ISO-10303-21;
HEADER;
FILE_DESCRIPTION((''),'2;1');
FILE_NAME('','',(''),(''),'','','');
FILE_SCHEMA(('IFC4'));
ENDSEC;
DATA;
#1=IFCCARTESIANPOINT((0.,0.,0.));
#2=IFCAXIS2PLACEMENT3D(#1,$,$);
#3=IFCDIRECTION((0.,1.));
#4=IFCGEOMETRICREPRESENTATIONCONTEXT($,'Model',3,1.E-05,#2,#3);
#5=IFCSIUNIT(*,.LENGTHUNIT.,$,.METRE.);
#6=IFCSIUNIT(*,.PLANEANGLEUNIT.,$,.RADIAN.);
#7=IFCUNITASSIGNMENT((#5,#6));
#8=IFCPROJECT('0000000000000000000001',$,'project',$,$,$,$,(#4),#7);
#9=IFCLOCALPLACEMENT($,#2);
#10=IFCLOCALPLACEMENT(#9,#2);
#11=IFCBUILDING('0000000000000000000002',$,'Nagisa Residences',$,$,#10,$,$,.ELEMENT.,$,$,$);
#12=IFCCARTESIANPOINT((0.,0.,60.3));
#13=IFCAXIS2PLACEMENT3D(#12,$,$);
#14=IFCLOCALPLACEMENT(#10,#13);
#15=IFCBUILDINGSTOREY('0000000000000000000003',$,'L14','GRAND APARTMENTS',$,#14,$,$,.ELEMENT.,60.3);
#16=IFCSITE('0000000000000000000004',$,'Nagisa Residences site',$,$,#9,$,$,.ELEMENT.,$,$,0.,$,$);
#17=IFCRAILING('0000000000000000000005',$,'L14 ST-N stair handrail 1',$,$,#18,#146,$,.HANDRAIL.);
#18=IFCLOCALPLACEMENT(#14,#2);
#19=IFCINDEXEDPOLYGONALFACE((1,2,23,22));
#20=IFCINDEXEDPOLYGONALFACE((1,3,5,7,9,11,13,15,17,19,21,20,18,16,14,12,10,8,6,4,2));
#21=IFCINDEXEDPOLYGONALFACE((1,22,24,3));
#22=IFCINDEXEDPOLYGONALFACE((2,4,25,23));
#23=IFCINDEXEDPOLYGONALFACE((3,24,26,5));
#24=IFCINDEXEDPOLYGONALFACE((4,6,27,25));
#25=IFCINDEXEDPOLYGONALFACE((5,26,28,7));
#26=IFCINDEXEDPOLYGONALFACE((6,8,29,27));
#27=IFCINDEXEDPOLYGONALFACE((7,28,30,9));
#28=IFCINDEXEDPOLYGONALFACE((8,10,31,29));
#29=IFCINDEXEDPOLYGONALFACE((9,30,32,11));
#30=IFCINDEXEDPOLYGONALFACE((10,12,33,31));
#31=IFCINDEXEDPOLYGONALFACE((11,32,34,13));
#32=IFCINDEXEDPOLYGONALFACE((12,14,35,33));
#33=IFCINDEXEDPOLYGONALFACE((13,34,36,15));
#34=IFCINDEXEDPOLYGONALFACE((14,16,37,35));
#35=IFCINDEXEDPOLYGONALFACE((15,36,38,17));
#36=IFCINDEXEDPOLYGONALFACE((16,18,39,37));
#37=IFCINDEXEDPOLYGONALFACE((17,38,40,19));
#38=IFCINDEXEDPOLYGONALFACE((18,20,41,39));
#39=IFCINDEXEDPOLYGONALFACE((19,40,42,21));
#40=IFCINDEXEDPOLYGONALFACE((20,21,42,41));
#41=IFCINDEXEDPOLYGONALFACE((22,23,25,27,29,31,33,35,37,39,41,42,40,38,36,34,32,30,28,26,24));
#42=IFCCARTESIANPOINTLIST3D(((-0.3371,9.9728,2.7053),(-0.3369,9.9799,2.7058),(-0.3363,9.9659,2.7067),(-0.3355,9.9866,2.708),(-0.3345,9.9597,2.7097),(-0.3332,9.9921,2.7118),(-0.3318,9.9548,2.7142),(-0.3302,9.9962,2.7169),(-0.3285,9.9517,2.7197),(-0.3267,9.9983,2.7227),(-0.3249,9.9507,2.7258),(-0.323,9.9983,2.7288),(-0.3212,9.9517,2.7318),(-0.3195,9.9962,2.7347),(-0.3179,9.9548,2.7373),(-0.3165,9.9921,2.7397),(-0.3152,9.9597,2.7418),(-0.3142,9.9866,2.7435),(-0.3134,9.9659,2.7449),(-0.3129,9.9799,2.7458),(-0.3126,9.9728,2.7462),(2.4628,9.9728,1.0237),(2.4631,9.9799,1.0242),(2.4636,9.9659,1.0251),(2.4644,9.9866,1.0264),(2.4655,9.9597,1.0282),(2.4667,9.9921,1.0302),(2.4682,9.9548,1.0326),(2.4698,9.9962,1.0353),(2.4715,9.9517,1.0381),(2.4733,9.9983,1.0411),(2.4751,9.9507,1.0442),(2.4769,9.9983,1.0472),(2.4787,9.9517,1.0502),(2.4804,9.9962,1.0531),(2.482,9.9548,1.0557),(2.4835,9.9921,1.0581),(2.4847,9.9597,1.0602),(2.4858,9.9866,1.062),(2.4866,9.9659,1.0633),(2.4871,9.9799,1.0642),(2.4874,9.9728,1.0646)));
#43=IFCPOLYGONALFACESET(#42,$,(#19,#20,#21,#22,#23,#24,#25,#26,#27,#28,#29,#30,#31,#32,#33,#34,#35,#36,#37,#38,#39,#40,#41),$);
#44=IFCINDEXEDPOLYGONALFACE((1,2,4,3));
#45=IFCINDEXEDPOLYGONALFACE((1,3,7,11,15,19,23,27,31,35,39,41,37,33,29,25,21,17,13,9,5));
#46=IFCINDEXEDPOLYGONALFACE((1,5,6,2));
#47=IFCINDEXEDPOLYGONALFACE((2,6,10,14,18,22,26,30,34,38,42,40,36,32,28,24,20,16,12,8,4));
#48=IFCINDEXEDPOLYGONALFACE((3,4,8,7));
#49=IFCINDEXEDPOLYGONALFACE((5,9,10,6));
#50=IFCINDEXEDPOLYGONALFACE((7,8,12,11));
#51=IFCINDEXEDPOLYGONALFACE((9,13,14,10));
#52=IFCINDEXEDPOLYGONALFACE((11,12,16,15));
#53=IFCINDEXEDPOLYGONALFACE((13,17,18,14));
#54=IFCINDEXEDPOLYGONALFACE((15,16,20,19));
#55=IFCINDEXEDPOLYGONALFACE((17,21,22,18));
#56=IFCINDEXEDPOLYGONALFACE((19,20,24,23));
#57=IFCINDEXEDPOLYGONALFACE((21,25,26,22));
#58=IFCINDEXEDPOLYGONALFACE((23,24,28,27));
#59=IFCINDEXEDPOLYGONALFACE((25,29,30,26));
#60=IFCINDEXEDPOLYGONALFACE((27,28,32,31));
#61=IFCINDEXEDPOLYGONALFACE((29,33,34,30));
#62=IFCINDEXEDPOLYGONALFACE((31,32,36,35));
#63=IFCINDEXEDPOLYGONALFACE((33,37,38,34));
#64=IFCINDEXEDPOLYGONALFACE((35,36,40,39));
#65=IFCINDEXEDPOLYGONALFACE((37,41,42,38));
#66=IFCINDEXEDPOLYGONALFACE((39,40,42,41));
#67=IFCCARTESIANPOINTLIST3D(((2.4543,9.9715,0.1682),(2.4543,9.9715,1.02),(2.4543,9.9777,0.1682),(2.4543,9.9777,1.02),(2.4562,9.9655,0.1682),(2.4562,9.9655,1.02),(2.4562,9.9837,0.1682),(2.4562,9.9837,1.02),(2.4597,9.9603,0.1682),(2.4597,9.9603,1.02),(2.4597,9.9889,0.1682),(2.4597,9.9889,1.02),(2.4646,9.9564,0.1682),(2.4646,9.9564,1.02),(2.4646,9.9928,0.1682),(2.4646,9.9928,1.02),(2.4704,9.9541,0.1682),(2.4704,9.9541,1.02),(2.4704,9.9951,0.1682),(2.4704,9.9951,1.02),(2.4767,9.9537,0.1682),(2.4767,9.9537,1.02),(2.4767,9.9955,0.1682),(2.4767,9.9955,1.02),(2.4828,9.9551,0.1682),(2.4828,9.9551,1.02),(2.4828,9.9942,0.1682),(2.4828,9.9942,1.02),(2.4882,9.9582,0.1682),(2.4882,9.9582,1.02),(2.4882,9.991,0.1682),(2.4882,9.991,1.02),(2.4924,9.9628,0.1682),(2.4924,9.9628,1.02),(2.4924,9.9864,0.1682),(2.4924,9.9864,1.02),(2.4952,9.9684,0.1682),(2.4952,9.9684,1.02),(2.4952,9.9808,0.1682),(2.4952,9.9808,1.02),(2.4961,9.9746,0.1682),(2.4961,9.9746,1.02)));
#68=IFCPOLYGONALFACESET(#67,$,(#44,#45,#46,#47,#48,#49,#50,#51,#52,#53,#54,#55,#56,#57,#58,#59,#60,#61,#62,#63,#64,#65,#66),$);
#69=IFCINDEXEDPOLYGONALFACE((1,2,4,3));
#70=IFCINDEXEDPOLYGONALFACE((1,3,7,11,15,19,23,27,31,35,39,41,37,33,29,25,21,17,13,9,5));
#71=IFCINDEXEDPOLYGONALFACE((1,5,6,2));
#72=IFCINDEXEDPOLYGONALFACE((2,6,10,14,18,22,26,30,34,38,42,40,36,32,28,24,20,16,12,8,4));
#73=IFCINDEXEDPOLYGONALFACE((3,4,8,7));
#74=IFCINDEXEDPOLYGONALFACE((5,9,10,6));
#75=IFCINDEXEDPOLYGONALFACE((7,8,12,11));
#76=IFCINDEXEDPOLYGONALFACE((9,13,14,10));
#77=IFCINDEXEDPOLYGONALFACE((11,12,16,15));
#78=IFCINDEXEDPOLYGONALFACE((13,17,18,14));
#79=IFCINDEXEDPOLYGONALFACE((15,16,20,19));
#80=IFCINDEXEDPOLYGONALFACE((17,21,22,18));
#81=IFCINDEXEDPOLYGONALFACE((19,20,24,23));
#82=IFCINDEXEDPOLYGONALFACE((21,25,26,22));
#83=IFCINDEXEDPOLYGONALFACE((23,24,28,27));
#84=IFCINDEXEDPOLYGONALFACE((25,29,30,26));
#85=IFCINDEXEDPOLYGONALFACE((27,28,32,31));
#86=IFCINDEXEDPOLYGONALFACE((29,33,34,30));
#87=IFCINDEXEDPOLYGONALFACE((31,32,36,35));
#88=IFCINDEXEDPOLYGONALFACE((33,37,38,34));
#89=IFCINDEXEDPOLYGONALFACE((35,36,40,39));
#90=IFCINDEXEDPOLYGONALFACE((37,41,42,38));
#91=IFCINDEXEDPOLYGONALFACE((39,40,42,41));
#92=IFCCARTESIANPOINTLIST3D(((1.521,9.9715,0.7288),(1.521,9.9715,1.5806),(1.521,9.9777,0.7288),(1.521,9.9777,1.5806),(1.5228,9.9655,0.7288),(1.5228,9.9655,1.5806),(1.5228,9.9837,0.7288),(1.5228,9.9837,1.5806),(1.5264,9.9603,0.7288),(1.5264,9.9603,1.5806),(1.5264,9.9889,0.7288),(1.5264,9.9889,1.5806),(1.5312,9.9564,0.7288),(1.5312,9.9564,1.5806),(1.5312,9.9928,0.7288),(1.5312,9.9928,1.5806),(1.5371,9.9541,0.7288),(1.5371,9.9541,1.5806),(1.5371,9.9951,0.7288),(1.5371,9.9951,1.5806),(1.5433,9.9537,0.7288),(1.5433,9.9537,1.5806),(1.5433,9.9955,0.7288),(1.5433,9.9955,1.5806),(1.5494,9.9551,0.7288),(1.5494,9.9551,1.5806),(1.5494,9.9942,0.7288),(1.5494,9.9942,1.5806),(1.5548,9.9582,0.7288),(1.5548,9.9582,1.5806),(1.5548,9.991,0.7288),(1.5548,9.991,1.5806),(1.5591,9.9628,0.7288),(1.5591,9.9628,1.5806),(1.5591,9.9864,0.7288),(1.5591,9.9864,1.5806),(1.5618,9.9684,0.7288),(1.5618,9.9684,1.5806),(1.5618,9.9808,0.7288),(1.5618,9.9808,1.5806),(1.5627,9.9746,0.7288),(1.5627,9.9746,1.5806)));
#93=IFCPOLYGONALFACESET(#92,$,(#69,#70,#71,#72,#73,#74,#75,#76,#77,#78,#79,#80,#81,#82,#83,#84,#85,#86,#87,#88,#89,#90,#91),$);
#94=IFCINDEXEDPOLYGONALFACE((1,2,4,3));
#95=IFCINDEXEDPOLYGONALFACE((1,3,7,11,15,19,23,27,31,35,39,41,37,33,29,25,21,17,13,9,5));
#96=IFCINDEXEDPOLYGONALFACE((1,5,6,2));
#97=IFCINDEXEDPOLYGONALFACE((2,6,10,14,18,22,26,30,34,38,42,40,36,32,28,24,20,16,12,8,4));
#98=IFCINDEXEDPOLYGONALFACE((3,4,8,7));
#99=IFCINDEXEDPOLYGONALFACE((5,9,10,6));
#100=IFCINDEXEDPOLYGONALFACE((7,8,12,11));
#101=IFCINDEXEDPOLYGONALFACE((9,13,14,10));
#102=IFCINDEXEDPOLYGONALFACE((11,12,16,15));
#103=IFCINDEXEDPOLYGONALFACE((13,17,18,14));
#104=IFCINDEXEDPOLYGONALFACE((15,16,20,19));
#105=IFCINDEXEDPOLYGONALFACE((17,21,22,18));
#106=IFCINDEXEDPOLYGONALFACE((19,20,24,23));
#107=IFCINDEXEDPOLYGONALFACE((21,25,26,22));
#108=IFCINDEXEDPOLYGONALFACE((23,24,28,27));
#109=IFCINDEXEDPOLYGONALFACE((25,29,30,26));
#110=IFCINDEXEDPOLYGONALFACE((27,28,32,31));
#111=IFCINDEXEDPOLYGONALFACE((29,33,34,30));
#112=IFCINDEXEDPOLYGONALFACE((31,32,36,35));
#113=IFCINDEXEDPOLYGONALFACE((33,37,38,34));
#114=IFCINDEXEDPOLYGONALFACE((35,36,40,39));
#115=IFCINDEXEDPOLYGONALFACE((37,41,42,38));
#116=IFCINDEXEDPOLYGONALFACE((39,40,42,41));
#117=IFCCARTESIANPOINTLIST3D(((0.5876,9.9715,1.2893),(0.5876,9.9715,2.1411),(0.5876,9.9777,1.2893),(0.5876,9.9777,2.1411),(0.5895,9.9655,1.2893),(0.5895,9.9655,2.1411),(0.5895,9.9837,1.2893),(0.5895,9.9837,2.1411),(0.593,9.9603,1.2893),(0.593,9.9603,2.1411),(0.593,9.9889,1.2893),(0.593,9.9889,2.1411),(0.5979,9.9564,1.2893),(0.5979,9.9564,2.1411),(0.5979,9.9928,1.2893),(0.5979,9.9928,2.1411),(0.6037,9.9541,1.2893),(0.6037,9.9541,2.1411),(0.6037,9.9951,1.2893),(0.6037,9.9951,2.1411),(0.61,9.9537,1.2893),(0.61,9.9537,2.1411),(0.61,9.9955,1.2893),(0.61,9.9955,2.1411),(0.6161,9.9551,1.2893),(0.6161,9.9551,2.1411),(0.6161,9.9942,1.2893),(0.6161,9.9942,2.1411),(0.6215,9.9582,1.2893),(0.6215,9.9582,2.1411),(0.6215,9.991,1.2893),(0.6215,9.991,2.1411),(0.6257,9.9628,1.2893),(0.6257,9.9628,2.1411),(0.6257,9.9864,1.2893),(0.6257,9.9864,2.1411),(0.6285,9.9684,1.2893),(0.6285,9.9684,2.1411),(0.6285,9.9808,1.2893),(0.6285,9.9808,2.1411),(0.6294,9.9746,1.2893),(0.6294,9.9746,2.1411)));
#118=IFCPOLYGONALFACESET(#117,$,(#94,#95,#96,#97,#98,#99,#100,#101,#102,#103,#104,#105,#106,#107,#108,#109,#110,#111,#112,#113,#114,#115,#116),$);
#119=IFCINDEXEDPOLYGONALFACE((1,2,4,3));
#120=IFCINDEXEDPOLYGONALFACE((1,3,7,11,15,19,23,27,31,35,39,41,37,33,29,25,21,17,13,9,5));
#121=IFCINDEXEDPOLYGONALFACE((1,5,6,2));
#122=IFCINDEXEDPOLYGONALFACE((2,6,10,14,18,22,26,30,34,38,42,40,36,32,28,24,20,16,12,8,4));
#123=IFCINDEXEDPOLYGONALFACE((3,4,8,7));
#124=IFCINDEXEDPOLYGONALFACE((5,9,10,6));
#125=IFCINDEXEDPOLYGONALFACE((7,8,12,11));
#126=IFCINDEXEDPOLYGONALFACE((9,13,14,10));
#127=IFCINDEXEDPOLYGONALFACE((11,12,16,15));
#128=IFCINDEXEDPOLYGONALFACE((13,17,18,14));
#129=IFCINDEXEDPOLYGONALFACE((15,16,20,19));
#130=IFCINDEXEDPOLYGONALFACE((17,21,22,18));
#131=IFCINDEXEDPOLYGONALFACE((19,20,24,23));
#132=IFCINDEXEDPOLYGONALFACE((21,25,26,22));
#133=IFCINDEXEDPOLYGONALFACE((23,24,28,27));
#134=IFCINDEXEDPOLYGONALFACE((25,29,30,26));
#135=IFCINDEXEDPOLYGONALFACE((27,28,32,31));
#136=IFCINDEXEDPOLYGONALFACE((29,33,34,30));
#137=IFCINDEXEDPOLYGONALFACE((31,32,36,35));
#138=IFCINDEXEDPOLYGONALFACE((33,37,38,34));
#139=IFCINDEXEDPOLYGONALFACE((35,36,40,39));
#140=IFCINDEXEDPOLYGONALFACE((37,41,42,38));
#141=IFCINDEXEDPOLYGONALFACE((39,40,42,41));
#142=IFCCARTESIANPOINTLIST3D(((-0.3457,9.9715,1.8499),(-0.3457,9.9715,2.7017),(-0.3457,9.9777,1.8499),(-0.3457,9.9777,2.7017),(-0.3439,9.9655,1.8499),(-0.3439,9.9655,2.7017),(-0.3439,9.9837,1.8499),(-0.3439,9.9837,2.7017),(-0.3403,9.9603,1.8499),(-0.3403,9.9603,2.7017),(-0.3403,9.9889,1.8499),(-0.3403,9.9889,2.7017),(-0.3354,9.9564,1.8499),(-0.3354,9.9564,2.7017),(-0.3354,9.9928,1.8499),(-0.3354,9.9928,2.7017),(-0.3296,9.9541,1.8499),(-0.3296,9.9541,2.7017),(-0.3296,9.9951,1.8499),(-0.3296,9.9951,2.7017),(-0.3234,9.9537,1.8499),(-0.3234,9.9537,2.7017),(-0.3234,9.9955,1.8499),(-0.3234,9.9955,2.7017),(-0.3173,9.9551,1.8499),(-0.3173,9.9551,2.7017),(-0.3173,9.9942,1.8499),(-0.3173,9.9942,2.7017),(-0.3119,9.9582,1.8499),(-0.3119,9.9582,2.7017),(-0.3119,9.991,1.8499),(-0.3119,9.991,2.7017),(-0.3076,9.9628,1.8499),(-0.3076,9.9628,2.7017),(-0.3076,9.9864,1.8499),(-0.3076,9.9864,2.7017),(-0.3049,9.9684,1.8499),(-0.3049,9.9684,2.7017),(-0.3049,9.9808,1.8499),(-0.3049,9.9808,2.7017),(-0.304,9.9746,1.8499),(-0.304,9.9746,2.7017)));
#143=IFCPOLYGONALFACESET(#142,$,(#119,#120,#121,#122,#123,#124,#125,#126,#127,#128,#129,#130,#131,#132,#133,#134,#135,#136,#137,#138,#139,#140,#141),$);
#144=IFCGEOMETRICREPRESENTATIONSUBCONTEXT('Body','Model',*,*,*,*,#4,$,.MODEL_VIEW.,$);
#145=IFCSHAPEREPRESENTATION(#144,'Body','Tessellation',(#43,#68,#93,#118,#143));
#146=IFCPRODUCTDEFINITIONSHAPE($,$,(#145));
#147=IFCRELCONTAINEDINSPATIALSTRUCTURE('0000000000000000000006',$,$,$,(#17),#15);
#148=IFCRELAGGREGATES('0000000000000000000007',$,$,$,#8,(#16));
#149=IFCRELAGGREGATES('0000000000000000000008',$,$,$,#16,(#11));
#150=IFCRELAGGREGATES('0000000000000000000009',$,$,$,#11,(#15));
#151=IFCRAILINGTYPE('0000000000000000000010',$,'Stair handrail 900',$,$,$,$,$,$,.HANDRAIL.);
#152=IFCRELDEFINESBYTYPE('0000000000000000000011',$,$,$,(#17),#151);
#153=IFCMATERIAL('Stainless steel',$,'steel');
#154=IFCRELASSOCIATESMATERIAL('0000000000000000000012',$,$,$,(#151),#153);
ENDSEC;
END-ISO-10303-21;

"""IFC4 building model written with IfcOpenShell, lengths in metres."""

from ifc_helpers import new_model, si_unit, direction, frame, origin, origin_2d, place, context, subcontext, project, spatial, circle, extrude, material, type_object, element, save


model = new_model("IFC4")

# Units and contexts
model_context = context("Model", 3, precision=1e-05, world=origin(), true_north=direction((0.0, 1.0)))
body_context = subcontext(model_context, "Body", "Model", "MODEL_VIEW")
ifc_project = project(units=[si_unit("LENGTHUNIT", "METRE"), si_unit("PLANEANGLEUNIT", "RADIAN")], contexts=[model_context])

# Site, building, storey
site_placement = place(None, origin())
site = spatial("IfcSite", under=ifc_project, at=site_placement, Name="Nagisa Residences site", CompositionType="ELEMENT", RefElevation=0.0)
building_placement = place(site_placement, origin())
building = spatial("IfcBuilding", under=site, at=building_placement, Name="Nagisa Residences", CompositionType="ELEMENT")
storey_placement = place(building_placement, frame((0.0, 0.0, 60.3)))
storey = spatial("IfcBuildingStorey", under=building, at=storey_placement, Name="L14", Description="GRAND APARTMENTS", CompositionType="ELEMENT", Elevation=60.3)

# Railing
ifc_material_1 = material(Name="Stainless steel", Category="steel")
railing_type_1 = type_object("IfcRailingType", Name="Stair handrail 900", PredefinedType="HANDRAIL", material=ifc_material_1)
railing_1_placement = place(storey_placement, frame((2.4751, 9.9746, 0.1682)))
element("IfcRailing", 1, at=railing_1_placement, inside=storey, type_object=railing_type_1, Name="L14 ST-N stair handrail 1", PredefinedType="HANDRAIL", context=body_context, shape_type="SweptSolid", body=[
    extrude(circle(Radius=0.0239, at=origin_2d()), frame((0.0, 0.0, 0.876), z_axis=(-0.857275, 0.0, 0.514858), x_axis=(0.0, -1.0, 0.0)), (0.0, 0.0, 1.0), 3.2661),
    extrude(circle(Radius=0.021, at=origin_2d()), origin(), (0.0, 0.0, 1.0), 0.8518),
    extrude(circle(Radius=0.021, at=origin_2d()), frame((-0.9333, 0.0, 0.5605)), (0.0, 0.0, 1.0), 0.8518),
    extrude(circle(Radius=0.021, at=origin_2d()), frame((-1.8667, 0.0, 1.1211)), (0.0, 0.0, 1.0), 0.8518),
    extrude(circle(Radius=0.021, at=origin_2d()), frame((-2.8, 0.0, 1.6816)), (0.0, 0.0, 1.0), 0.8518),
])

save(model, "model.ifc")
